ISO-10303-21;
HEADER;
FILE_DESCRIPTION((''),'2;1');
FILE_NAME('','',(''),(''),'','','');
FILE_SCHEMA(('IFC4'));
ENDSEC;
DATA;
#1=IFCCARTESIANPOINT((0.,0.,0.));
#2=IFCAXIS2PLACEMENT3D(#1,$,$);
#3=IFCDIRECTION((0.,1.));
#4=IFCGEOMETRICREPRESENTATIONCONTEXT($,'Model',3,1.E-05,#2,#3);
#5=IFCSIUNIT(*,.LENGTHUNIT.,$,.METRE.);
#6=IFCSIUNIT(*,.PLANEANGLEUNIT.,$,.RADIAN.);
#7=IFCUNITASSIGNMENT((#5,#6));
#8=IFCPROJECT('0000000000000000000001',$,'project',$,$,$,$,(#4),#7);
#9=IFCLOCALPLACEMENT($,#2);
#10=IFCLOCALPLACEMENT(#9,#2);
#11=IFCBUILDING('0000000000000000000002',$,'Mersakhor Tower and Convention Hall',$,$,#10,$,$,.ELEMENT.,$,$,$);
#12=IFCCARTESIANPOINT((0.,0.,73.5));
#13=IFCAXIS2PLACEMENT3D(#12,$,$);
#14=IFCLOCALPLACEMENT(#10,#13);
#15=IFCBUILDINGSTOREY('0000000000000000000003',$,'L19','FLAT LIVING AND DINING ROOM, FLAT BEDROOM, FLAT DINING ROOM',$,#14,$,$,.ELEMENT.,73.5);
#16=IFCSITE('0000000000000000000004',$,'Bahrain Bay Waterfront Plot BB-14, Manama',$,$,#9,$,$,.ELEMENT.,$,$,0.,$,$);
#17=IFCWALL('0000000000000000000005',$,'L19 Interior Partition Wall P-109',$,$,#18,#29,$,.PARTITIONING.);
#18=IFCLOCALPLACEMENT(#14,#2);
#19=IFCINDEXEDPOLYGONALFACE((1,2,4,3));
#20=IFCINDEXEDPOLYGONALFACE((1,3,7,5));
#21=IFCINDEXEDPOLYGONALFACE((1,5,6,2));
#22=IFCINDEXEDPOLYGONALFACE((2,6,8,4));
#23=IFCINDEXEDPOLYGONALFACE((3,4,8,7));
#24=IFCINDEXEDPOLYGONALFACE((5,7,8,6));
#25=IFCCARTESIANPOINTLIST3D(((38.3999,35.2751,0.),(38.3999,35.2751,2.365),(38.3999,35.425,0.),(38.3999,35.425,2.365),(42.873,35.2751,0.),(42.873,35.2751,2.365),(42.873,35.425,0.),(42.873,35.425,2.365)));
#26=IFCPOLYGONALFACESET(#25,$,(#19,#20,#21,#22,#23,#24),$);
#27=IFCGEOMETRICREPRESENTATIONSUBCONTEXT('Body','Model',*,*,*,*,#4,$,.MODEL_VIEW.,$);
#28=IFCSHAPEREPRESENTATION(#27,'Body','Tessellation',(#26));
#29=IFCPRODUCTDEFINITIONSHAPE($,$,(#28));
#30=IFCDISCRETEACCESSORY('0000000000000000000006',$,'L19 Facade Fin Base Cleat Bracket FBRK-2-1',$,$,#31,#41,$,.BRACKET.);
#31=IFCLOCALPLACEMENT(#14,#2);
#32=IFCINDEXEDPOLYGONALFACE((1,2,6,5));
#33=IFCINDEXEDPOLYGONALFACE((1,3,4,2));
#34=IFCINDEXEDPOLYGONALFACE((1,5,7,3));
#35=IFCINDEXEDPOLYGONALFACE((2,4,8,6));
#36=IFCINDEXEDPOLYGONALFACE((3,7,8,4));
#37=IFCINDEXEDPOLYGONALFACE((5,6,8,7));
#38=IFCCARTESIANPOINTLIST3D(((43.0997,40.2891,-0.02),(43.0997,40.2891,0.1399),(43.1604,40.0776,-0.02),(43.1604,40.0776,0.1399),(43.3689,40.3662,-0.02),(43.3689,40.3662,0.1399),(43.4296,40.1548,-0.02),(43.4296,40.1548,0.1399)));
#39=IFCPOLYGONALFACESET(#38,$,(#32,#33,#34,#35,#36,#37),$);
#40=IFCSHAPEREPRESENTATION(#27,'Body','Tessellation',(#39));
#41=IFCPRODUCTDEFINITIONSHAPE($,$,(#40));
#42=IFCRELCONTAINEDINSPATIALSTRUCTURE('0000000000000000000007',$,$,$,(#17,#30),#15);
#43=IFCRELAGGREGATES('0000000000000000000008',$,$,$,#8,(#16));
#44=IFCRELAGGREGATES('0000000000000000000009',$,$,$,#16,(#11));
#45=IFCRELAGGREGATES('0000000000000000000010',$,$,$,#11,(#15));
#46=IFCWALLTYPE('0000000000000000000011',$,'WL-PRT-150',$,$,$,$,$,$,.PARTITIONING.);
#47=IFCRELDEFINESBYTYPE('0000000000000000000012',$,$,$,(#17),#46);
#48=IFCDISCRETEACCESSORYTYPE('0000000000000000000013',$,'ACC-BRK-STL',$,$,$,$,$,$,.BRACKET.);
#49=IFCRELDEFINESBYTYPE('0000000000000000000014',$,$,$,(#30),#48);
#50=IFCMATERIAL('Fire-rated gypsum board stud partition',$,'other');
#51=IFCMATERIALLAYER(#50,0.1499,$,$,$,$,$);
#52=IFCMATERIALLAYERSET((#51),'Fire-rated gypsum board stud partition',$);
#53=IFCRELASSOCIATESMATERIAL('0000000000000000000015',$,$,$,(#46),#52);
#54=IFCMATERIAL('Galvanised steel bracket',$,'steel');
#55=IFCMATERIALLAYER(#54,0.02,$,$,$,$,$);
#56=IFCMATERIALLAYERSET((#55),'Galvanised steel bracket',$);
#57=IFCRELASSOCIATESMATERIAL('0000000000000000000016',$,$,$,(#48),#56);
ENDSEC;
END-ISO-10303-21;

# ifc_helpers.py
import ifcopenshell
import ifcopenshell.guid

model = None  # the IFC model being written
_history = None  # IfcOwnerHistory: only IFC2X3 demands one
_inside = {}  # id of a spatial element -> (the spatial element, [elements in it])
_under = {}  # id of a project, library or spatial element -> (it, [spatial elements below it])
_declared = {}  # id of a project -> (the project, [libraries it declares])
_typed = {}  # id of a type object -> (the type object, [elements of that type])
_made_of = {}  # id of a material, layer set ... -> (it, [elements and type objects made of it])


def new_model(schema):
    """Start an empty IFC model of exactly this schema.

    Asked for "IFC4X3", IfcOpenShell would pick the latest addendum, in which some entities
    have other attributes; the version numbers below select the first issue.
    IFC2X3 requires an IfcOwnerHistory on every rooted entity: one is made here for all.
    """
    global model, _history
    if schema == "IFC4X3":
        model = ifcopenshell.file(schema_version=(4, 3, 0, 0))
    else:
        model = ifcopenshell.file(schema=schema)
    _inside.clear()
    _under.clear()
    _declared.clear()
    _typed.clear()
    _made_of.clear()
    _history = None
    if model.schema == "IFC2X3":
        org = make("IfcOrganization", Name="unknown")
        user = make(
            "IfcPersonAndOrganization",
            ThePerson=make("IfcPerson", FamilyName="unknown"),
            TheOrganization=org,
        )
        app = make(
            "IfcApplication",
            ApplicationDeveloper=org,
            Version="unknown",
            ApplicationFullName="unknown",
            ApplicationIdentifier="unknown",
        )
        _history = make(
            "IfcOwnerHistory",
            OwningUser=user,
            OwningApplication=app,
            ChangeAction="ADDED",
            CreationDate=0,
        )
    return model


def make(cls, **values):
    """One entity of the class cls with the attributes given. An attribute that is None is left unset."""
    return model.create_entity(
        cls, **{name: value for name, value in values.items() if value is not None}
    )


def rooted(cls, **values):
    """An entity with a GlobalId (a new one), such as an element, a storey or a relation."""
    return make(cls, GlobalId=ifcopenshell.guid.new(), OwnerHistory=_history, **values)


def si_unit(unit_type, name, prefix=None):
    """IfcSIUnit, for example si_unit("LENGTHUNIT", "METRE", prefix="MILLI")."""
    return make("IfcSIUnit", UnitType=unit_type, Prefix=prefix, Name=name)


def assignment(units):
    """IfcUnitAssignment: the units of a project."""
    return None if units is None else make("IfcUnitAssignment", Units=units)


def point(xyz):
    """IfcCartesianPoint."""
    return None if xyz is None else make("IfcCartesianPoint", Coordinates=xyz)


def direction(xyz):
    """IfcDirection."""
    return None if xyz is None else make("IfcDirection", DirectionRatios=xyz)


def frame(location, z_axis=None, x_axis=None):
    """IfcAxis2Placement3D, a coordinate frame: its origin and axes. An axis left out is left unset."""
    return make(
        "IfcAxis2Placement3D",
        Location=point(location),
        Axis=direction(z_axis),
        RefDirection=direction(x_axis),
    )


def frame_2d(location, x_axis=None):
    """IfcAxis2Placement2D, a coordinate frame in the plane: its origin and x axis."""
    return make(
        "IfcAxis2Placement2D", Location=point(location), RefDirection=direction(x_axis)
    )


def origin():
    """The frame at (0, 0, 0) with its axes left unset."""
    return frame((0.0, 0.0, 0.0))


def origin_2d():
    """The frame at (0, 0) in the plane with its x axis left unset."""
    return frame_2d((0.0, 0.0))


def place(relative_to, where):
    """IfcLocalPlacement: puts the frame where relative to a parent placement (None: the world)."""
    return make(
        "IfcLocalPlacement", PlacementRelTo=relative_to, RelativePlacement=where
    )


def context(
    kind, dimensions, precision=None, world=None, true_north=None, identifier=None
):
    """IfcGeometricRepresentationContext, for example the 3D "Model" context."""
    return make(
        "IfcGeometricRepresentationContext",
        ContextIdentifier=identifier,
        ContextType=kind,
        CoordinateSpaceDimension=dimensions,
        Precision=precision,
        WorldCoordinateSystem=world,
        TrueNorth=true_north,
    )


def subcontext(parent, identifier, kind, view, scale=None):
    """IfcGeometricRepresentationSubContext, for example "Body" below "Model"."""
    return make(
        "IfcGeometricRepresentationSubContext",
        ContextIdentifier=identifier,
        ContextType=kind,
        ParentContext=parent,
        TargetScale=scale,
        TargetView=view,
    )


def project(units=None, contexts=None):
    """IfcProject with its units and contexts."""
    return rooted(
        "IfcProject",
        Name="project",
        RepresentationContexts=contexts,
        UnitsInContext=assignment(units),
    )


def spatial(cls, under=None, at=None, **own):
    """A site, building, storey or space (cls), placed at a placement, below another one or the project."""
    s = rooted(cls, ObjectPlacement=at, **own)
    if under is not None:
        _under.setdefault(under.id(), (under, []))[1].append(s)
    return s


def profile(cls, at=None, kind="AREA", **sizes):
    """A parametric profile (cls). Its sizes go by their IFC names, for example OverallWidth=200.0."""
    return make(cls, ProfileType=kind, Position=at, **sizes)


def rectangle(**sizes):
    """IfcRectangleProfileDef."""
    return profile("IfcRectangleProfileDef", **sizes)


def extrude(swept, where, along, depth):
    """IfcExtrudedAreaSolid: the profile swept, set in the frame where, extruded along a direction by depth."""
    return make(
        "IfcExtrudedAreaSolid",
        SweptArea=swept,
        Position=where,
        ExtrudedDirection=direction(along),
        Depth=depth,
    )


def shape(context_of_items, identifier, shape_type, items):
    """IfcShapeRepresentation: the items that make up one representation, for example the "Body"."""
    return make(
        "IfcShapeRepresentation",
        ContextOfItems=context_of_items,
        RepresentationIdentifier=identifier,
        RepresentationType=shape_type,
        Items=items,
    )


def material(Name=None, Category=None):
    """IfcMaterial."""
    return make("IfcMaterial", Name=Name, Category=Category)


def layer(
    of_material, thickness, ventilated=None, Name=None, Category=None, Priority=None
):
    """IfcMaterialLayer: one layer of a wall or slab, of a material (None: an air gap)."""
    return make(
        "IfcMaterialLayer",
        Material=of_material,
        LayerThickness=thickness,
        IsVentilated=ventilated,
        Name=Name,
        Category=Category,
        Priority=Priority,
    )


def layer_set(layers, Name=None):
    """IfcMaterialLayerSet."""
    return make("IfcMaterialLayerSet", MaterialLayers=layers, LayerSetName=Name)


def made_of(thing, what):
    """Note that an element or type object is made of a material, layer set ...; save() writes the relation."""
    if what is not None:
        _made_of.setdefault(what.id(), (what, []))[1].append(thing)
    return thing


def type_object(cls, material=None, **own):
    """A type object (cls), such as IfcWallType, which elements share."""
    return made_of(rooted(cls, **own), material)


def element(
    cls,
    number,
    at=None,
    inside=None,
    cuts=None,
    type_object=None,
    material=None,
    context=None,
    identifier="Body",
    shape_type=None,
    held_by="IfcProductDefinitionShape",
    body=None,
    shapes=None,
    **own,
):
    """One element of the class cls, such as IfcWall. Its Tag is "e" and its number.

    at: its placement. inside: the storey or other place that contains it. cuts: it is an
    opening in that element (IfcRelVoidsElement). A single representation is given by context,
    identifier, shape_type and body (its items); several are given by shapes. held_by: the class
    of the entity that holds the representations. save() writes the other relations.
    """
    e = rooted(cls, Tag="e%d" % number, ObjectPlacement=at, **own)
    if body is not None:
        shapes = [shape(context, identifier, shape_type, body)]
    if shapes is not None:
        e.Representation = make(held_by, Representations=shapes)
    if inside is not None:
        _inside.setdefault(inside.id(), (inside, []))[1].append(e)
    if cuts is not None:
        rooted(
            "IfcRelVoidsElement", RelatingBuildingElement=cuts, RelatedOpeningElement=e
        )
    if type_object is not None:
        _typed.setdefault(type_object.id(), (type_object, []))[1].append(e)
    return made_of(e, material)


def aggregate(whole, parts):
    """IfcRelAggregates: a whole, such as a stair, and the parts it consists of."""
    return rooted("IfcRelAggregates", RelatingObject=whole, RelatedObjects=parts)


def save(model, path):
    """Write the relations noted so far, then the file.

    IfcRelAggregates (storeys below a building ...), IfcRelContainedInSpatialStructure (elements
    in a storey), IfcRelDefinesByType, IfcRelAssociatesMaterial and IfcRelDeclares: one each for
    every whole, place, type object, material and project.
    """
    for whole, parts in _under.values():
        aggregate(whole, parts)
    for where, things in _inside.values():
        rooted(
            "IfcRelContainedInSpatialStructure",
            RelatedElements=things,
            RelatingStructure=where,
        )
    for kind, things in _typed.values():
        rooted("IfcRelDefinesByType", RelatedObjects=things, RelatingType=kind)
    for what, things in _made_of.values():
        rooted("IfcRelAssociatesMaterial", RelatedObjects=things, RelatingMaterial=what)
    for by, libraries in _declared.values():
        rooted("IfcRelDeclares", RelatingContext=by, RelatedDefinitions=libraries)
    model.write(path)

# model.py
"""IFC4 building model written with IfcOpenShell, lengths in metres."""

from ifc_helpers import new_model, si_unit, direction, frame, frame_2d, origin, origin_2d, place, context, subcontext, project, spatial, rectangle, extrude, material, layer, layer_set, type_object, element, save


model = new_model("IFC4")

# Units and contexts
model_context = context("Model", 3, precision=1e-05, world=origin(), true_north=direction((0.0, 1.0)))
body_context = subcontext(model_context, "Body", "Model", "MODEL_VIEW")
ifc_project = project(units=[si_unit("LENGTHUNIT", "METRE"), si_unit("PLANEANGLEUNIT", "RADIAN")], contexts=[model_context])

# Site, building, storey
site_placement = place(None, origin())
site = spatial("IfcSite", under=ifc_project, at=site_placement, Name="Bahrain Bay Waterfront Plot BB-14, Manama", CompositionType="ELEMENT", RefElevation=0.0)
building_placement = place(site_placement, origin())
building = spatial("IfcBuilding", under=site, at=building_placement, Name="Mersakhor Tower and Convention Hall", CompositionType="ELEMENT")
storey_placement = place(building_placement, frame((0.0, 0.0, 73.5)))
storey = spatial("IfcBuildingStorey", under=building, at=storey_placement, Name="L19", Description="FLAT LIVING AND DINING ROOM, FLAT BEDROOM, FLAT DINING ROOM", CompositionType="ELEMENT", Elevation=73.5)

# Shared definitions
ifc_material_1 = material(Name="Fire-rated gypsum board stud partition", Category="other")
ifc_layer_1 = layer(ifc_material_1, 0.1499)
ifc_layer_set_1 = layer_set([ifc_layer_1], Name="Fire-rated gypsum board stud partition")
wall_type_1 = type_object("IfcWallType", Name="WL-PRT-150", PredefinedType="PARTITIONING", material=ifc_layer_set_1)

# Wall
wall_1_placement = place(storey_placement, frame((42.873, 35.3501, 0.0), z_axis=(0.0, 0.0, 1.0), x_axis=(-1.0, 0.0, 0.0)))
element("IfcWall", 1, at=wall_1_placement, inside=storey, type_object=wall_type_1, Name="L19 Interior Partition Wall P-109", PredefinedType="PARTITIONING", context=body_context, shape_type="SweptSolid", body=[
    extrude(rectangle(XDim=4.4731, YDim=0.1499, at=frame_2d((2.2366, 0.0))), origin(), (0.0, 0.0, 1.0), 2.365),
])

# Discrete accessory
ifc_material_2 = material(Name="Galvanised steel bracket", Category="steel")
ifc_layer_2 = layer(ifc_material_2, 0.02)
ifc_layer_set_2 = layer_set([ifc_layer_2], Name="Galvanised steel bracket")
discrete_accessory_type = type_object("IfcDiscreteAccessoryType", Name="ACC-BRK-STL", PredefinedType="BRACKET", material=ifc_layer_set_2)
discrete_accessory_placement = place(storey_placement, frame((43.2646, 40.2219, -0.02), z_axis=(0.0, 0.0, 1.0), x_axis=(0.961262, 0.275637, 0.0)))
element("IfcDiscreteAccessory", 2, at=discrete_accessory_placement, inside=storey, type_object=discrete_accessory_type, Name="L19 Facade Fin Base Cleat Bracket FBRK-2-1", PredefinedType="BRACKET", context=body_context, shape_type="SweptSolid", body=[
    extrude(rectangle(XDim=0.28, YDim=0.22, at=origin_2d()), origin(), (0.0, 0.0, 1.0), 0.1599),
])

save(model, "model.ifc")
